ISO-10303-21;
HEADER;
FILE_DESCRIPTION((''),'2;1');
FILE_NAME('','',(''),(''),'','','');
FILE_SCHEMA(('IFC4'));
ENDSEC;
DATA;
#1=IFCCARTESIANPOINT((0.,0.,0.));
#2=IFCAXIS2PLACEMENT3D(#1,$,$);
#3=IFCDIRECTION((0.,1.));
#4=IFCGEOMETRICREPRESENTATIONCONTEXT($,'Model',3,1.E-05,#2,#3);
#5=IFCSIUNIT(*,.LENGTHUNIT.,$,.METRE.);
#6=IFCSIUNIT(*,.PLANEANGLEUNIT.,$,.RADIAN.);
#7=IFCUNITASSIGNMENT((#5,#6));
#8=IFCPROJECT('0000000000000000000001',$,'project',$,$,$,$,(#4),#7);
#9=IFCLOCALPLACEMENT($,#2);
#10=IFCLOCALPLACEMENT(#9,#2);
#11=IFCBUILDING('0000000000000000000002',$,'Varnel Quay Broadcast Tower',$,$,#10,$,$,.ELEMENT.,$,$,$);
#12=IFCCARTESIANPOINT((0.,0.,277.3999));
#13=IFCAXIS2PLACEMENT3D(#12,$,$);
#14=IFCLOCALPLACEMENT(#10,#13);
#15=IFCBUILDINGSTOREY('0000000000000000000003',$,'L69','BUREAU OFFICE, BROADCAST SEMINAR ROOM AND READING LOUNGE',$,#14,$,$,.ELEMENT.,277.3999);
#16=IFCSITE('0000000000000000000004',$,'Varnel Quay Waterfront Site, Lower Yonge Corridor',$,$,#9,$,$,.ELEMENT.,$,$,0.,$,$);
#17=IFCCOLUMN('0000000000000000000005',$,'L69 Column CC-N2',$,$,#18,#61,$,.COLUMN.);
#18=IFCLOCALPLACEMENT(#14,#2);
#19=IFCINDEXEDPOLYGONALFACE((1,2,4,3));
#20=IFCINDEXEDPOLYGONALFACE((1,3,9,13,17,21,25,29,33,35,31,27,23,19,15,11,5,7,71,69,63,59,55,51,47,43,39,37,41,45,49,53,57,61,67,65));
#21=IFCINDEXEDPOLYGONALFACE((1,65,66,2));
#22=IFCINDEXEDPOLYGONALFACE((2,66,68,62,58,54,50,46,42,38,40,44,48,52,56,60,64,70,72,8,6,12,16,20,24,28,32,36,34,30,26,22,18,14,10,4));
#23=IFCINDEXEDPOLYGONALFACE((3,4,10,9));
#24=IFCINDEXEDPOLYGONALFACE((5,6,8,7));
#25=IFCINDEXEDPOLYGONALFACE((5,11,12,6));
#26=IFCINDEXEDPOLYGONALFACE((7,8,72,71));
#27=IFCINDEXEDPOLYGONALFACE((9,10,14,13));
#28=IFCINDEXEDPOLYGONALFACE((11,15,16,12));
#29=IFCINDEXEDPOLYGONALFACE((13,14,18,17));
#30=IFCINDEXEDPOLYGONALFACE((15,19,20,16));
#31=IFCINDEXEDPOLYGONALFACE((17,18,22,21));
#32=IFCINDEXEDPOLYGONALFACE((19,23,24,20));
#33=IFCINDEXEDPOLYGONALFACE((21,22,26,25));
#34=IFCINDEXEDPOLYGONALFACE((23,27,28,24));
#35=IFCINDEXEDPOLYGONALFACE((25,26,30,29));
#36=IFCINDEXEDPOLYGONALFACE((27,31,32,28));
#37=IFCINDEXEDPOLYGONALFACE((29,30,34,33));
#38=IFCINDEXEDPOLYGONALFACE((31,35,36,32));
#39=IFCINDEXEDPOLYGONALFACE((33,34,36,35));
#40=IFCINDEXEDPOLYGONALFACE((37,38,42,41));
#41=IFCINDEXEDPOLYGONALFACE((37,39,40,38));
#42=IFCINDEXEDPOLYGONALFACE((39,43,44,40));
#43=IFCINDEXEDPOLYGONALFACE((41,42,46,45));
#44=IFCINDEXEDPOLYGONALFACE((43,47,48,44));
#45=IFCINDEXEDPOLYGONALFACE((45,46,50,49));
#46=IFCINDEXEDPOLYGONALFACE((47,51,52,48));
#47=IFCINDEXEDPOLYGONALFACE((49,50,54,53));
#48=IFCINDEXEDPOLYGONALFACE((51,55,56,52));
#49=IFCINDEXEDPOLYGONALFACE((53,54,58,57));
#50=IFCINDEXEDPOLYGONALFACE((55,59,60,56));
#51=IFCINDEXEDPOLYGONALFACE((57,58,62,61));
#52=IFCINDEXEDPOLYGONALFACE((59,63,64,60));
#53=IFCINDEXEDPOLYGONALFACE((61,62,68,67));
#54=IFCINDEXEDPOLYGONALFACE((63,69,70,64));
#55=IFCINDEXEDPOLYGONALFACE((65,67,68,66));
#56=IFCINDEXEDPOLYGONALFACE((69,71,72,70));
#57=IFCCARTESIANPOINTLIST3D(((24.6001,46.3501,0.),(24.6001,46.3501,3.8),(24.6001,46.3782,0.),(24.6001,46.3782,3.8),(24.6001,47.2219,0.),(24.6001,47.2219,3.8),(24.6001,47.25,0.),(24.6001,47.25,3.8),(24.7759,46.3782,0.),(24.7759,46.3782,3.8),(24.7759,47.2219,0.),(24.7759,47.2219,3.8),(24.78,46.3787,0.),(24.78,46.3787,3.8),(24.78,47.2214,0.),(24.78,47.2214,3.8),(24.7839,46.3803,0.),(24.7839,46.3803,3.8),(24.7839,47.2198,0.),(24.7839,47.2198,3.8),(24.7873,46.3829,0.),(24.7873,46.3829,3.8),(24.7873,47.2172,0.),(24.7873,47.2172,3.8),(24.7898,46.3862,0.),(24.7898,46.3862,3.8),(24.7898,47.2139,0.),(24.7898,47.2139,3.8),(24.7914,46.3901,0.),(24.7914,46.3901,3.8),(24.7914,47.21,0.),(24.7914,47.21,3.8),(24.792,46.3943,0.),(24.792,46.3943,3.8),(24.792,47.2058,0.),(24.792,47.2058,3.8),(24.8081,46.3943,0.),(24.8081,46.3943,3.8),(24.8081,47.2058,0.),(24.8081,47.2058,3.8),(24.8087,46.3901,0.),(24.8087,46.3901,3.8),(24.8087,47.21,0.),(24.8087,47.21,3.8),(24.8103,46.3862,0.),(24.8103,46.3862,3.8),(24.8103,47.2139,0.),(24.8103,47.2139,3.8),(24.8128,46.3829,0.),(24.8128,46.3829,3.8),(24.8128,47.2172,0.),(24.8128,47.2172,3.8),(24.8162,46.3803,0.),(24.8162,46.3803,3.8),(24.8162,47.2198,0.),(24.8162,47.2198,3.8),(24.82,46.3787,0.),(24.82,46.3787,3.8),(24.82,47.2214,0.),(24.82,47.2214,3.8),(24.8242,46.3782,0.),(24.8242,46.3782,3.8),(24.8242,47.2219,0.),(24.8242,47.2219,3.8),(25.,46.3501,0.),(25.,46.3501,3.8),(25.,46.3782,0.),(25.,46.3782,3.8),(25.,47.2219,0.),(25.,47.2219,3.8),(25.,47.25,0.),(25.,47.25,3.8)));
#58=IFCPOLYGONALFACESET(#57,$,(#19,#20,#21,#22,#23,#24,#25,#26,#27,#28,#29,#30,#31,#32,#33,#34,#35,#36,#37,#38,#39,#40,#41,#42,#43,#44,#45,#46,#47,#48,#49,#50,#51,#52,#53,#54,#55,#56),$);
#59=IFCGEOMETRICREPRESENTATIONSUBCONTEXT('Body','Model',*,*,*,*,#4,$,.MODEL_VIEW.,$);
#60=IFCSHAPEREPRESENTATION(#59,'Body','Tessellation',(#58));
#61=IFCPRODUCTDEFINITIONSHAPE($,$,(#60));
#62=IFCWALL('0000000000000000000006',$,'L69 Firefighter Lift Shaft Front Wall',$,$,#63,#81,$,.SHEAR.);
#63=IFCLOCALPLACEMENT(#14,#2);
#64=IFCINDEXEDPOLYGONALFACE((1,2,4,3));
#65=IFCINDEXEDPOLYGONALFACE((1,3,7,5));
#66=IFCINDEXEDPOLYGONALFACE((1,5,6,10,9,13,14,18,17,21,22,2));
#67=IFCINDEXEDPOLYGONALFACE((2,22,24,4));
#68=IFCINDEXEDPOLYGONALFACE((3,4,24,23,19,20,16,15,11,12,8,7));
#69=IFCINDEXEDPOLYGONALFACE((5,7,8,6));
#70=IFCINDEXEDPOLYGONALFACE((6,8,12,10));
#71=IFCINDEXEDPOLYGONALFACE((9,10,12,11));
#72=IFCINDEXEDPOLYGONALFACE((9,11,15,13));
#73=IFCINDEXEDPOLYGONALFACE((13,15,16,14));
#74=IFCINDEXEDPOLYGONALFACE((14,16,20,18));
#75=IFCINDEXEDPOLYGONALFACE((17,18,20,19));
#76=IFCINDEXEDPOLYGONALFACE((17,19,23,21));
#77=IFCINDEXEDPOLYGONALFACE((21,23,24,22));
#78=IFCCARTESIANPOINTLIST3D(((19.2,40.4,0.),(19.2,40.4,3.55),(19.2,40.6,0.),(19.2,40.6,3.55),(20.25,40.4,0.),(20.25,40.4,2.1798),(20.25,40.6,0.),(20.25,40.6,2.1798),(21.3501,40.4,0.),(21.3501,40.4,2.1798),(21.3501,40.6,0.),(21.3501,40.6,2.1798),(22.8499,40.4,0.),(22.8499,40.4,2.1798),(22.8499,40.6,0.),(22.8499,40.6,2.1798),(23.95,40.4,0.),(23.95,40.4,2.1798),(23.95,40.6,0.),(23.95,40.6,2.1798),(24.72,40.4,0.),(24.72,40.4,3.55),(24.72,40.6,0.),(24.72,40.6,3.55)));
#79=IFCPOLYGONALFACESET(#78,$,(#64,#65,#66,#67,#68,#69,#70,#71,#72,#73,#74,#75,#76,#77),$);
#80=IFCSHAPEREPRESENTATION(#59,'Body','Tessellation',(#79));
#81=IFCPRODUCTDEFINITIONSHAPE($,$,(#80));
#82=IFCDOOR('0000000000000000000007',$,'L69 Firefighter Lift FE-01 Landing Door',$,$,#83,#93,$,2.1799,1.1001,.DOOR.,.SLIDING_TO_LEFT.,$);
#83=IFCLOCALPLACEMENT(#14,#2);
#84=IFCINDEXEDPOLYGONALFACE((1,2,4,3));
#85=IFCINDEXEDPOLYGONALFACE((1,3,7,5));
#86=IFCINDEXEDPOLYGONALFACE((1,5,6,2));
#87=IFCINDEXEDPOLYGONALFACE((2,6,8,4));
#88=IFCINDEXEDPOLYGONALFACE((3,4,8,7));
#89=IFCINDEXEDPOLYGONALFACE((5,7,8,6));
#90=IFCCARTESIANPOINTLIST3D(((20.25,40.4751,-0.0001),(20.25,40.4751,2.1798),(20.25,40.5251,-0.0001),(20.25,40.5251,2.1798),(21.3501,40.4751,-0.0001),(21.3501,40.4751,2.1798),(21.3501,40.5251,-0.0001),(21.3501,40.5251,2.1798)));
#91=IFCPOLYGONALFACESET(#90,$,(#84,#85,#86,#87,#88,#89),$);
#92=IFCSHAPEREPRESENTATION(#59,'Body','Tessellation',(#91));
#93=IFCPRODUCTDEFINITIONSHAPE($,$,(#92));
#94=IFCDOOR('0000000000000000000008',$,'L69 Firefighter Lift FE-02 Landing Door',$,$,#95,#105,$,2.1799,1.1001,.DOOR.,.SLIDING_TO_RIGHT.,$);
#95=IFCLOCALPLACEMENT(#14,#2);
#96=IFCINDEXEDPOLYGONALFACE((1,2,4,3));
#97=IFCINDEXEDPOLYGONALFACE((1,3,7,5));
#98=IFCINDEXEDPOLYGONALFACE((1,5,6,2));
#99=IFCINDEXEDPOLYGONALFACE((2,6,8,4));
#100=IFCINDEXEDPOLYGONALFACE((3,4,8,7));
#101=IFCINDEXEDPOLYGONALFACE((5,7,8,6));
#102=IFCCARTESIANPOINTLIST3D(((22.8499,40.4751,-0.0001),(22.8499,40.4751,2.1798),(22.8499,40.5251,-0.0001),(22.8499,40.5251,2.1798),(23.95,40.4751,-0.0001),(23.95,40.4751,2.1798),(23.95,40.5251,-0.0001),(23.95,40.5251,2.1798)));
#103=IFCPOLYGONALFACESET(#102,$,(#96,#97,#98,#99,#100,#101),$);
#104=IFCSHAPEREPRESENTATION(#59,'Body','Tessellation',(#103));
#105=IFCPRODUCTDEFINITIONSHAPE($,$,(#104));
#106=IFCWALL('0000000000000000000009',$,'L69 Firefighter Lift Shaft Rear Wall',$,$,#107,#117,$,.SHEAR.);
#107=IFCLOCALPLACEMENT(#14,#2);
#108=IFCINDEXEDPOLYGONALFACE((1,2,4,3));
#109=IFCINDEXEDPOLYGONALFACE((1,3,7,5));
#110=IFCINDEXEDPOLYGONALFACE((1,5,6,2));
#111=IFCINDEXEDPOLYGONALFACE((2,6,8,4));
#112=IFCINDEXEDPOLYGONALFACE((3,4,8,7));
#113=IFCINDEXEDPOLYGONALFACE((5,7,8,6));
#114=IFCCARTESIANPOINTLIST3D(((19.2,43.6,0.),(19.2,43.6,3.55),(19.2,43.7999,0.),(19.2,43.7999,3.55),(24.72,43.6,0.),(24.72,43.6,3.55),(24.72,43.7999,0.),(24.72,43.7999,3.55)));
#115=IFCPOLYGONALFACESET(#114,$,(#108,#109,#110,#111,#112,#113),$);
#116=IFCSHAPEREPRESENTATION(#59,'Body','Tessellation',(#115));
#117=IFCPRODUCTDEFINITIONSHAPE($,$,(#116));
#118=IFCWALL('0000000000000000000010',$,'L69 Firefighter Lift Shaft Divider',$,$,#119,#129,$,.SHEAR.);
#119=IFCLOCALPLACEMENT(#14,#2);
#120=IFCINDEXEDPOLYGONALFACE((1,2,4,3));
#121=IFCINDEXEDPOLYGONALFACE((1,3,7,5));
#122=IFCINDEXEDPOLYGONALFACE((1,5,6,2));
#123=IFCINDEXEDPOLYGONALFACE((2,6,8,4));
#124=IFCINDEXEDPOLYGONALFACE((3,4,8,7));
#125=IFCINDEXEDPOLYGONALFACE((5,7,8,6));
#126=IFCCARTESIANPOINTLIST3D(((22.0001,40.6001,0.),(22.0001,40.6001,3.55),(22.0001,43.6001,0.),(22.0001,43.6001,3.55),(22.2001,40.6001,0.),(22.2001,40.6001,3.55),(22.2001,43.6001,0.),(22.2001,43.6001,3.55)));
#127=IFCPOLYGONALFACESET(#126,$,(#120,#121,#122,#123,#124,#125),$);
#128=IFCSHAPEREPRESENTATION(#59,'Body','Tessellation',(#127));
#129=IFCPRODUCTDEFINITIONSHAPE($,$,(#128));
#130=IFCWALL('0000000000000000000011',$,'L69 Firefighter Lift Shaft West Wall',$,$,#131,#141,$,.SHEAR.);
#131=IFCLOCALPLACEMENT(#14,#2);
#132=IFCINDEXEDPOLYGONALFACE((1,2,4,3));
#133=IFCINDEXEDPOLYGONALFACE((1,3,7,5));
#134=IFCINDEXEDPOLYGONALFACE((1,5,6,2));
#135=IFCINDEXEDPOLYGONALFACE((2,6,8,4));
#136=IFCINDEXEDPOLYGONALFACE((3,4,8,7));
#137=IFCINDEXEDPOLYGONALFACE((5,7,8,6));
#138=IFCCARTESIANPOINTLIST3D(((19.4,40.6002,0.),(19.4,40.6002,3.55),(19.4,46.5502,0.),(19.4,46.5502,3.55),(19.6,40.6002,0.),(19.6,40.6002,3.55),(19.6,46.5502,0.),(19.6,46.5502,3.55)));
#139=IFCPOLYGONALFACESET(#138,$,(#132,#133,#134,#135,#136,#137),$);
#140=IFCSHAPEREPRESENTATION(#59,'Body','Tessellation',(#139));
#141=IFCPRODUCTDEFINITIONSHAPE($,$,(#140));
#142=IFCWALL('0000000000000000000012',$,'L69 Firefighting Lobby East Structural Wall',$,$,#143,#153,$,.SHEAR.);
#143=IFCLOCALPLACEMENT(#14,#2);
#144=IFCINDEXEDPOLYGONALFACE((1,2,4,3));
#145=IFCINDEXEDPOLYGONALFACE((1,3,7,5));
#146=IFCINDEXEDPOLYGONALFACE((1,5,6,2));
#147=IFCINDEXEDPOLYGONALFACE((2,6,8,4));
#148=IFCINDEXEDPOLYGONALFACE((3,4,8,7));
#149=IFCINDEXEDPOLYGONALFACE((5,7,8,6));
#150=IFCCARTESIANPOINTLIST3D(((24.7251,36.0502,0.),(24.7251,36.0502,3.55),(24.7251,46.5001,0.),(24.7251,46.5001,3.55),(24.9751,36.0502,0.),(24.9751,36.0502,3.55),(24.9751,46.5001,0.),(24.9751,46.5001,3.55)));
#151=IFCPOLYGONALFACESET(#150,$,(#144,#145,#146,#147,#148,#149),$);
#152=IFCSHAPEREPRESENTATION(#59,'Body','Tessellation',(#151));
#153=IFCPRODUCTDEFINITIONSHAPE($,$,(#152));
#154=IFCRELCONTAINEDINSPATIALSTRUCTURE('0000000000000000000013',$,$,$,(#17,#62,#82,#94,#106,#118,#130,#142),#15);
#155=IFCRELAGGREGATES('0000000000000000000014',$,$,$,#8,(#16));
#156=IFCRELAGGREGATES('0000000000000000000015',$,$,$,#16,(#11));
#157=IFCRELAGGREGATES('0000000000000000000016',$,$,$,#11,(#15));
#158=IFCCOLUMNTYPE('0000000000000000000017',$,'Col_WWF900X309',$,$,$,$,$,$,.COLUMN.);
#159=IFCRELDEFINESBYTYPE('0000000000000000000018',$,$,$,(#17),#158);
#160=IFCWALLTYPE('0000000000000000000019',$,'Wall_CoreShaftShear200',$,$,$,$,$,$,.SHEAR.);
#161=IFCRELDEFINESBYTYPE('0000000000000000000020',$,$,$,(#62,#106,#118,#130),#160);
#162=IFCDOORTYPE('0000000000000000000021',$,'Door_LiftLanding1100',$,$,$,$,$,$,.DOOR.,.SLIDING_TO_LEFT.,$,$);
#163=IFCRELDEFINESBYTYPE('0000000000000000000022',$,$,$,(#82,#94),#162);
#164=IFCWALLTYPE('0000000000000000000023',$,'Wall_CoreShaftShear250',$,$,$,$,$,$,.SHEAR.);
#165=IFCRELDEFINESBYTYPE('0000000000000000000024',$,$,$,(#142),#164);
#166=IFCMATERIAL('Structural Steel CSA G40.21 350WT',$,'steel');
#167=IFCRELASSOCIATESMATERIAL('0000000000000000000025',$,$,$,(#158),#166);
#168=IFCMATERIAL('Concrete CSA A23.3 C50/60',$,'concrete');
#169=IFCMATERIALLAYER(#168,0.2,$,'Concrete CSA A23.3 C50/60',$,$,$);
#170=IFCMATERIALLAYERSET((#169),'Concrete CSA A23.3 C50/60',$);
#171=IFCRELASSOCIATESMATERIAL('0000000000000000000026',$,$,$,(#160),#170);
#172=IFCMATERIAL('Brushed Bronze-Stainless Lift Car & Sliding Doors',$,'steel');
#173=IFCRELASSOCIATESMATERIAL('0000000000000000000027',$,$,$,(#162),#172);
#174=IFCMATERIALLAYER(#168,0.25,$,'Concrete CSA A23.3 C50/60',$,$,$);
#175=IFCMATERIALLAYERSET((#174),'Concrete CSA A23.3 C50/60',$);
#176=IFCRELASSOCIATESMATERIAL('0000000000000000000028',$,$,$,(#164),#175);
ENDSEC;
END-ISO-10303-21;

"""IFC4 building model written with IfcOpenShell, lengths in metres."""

from ifc_helpers import new_model, si_unit, direction, frame, frame_2d, origin, origin_2d, place, context, subcontext, project, spatial, rectangle, i_section, extrude, source, transform, mapped, material, layer, layer_set, material_profile, profile_set, type_object, type_shapes, element, fill, save


model = new_model("IFC4")

# Units and contexts
model_context = context("Model", 3, precision=1e-05, world=origin(), true_north=direction((0.0, 1.0)))
body_context = subcontext(model_context, "Body", "Model", "MODEL_VIEW")
ifc_project = project(units=[si_unit("LENGTHUNIT", "METRE"), si_unit("PLANEANGLEUNIT", "RADIAN")], contexts=[model_context])

# Site, building, storey
site_placement = place(None, origin())
site = spatial("IfcSite", under=ifc_project, at=site_placement, Name="Varnel Quay Waterfront Site, Lower Yonge Corridor", CompositionType="ELEMENT", RefElevation=0.0)
building_placement = place(site_placement, origin())
building = spatial("IfcBuilding", under=site, at=building_placement, Name="Varnel Quay Broadcast Tower", CompositionType="ELEMENT")
storey_placement = place(building_placement, frame((0.0, 0.0, 277.3999)))
storey = spatial("IfcBuildingStorey", under=building, at=storey_placement, Name="L69", Description="BUREAU OFFICE, BROADCAST SEMINAR ROOM AND READING LOUNGE", CompositionType="ELEMENT", Elevation=277.3999)

# Column
ifc_material_1 = material(Name="Structural Steel CSA G40.21 350WT", Category="steel")
ifc_material_profile = material_profile(ifc_material_1, i_section(OverallWidth=0.3999, OverallDepth=0.8999, WebThickness=0.0161, FlangeThickness=0.0281, FilletRadius=0.0161, at=origin_2d()), Name="WWF900X309")
ifc_profile_set = profile_set([ifc_material_profile], Name="Structural Steel CSA G40.21 350WT")
column_type = type_object("IfcColumnType", Name="Col_WWF900X309", PredefinedType="COLUMN", material=ifc_profile_set)
shared_shape_1 = source(origin(), body_context, "Body", "SweptSolid", [
    extrude(i_section(OverallWidth=0.3999, OverallDepth=0.8999, WebThickness=0.0161, FlangeThickness=0.0281, FilletRadius=0.0161, at=origin_2d()), origin(), (0.0, 0.0, 1.0), 3.8),
])
type_shapes(column_type, [shared_shape_1])
column_placement = place(storey_placement, frame((24.8, 46.8, 0.0), z_axis=(0.0, 0.0, 1.0), x_axis=(1.0, 0.0, 0.0)))
element("IfcColumn", 1, at=column_placement, inside=storey, type_object=column_type, Name="L69 Column CC-N2", PredefinedType="COLUMN", context=body_context, shape_type="MappedRepresentation", body=[
    mapped(shared_shape_1, transform((0.0, 0.0, 0.0), x_axis=(1.0, 0.0, 0.0), y_axis=(0.0, 1.0, 0.0), z_axis=(0.0, 0.0, 1.0), scale=1.0)),
])

# Wall, openings, doors
ifc_material_2 = material(Name="Concrete CSA A23.3 C50/60", Category="concrete")
ifc_layer_1 = layer(ifc_material_2, 0.2, Name="Concrete CSA A23.3 C50/60")
ifc_layer_set_1 = layer_set([ifc_layer_1], Name="Concrete CSA A23.3 C50/60")
wall_type_1 = type_object("IfcWallType", Name="Wall_CoreShaftShear200", PredefinedType="SHEAR", material=ifc_layer_set_1)
wall_1_placement = place(storey_placement, frame((19.2, 40.5, 0.0), z_axis=(0.0, 0.0, 1.0), x_axis=(1.0, 0.0, 0.0)))
wall_1 = element("IfcWall", 2, at=wall_1_placement, inside=storey, type_object=wall_type_1, Name="L69 Firefighter Lift Shaft Front Wall", PredefinedType="SHEAR", context=body_context, shape_type="SweptSolid", body=[
    extrude(rectangle(XDim=5.52, YDim=0.2, at=frame_2d((2.76, 0.0))), origin(), (0.0, 0.0, 1.0), 3.55),
])
opening_1_placement = place(wall_1_placement, frame((1.05, 0.0, 0.0)))
opening_1 = element("IfcOpeningElement", 3, at=opening_1_placement, cuts=wall_1, PredefinedType="OPENING", context=body_context, shape_type="SweptSolid", body=[
    extrude(rectangle(XDim=1.1001, YDim=2.1799, at=frame_2d((0.55, 1.0898))), frame((0.0, 0.1099, 0.0), z_axis=(0.0, -1.0, 0.0), x_axis=(1.0, 0.0, 0.0)), (0.0, 0.0, 1.0), 0.22),
])
opening_2_placement = place(wall_1_placement, frame((3.6499, 0.0, 0.0)))
opening_2 = element("IfcOpeningElement", 4, at=opening_2_placement, cuts=wall_1, PredefinedType="OPENING", context=body_context, shape_type="SweptSolid", body=[
    extrude(rectangle(XDim=1.1001, YDim=2.1799, at=frame_2d((0.55, 1.0898))), frame((0.0, 0.1099, 0.0), z_axis=(0.0, -1.0, 0.0), x_axis=(1.0, 0.0, 0.0)), (0.0, 0.0, 1.0), 0.22),
])
ifc_material_3 = material(Name="Brushed Bronze-Stainless Lift Car & Sliding Doors", Category="steel")
door_type_1 = type_object("IfcDoorType", Name="Door_LiftLanding1100", OperationType="SLIDING_TO_LEFT", PredefinedType="DOOR", material=ifc_material_3)
shared_shape_2 = source(origin(), body_context, "Body", "SweptSolid", [
    extrude(rectangle(XDim=1.1001, YDim=2.1799, at=frame_2d((0.55, 1.0898))), frame((0.0, 0.0249, 0.0), z_axis=(0.0, -1.0, 0.0), x_axis=(1.0, 0.0, 0.0)), (0.0, 0.0, 1.0), 0.05),
])
type_shapes(door_type_1, [shared_shape_2])
door_1_placement = place(opening_1_placement, frame((1.1001, 0.0, 0.0), z_axis=(0.0, 0.0, 1.0), x_axis=(-1.0, 0.0, 0.0)))
door_1 = element("IfcDoor", 5, at=door_1_placement, inside=storey, type_object=door_type_1, Name="L69 Firefighter Lift FE-01 Landing Door", OperationType="SLIDING_TO_LEFT", OverallHeight=2.1799, OverallWidth=1.1001, PredefinedType="DOOR", context=body_context, shape_type="MappedRepresentation", body=[
    mapped(shared_shape_2, transform((0.0, 0.0, 0.0), x_axis=(1.0, 0.0, 0.0), y_axis=(0.0, 1.0, 0.0), z_axis=(0.0, 0.0, 1.0), scale=1.0)),
])
fill(opening_1, door_1)
door_2_placement = place(opening_2_placement, frame((1.1001, 0.0, 0.0), z_axis=(0.0, 0.0, 1.0), x_axis=(-1.0, 0.0, 0.0)))
door_2 = element("IfcDoor", 6, at=door_2_placement, inside=storey, type_object=door_type_1, Name="L69 Firefighter Lift FE-02 Landing Door", OperationType="SLIDING_TO_RIGHT", OverallHeight=2.1799, OverallWidth=1.1001, PredefinedType="DOOR", context=body_context, shape_type="MappedRepresentation", body=[
    mapped(shared_shape_2, transform((0.0, 0.0, 0.0), x_axis=(1.0, 0.0, 0.0), y_axis=(0.0, 1.0, 0.0), z_axis=(0.0, 0.0, 1.0), scale=1.0)),
])
fill(opening_2, door_2)

# Walls
wall_2_placement = place(storey_placement, frame((19.2, 43.7, 0.0), z_axis=(0.0, 0.0, 1.0), x_axis=(1.0, 0.0, 0.0)))
element("IfcWall", 7, at=wall_2_placement, inside=storey, type_object=wall_type_1, Name="L69 Firefighter Lift Shaft Rear Wall", PredefinedType="SHEAR", context=body_context, shape_type="SweptSolid", body=[
    extrude(rectangle(XDim=5.52, YDim=0.2, at=frame_2d((2.76, 0.0))), origin(), (0.0, 0.0, 1.0), 3.55),
])
wall_3_placement = place(storey_placement, frame((22.1001, 40.6001, 0.0), z_axis=(0.0, 0.0, 1.0), x_axis=(0.0, 1.0, 0.0)))
element("IfcWall", 8, at=wall_3_placement, inside=storey, type_object=wall_type_1, Name="L69 Firefighter Lift Shaft Divider", PredefinedType="SHEAR", context=body_context, shape_type="SweptSolid", body=[
    extrude(rectangle(XDim=3.0, YDim=0.2, at=frame_2d((1.5, 0.0))), origin(), (0.0, 0.0, 1.0), 3.55),
])
wall_4_placement = place(storey_placement, frame((19.5, 40.6001, 0.0), z_axis=(0.0, 0.0, 1.0), x_axis=(0.0, 1.0, 0.0)))
element("IfcWall", 9, at=wall_4_placement, inside=storey, type_object=wall_type_1, Name="L69 Firefighter Lift Shaft West Wall", PredefinedType="SHEAR", context=body_context, shape_type="SweptSolid", body=[
    extrude(rectangle(XDim=5.95, YDim=0.2, at=frame_2d((2.9751, 0.0))), origin(), (0.0, 0.0, 1.0), 3.55),
])
ifc_layer_2 = layer(ifc_material_2, 0.25, Name="Concrete CSA A23.3 C50/60")
ifc_layer_set_2 = layer_set([ifc_layer_2], Name="Concrete CSA A23.3 C50/60")
wall_type_2 = type_object("IfcWallType", Name="Wall_CoreShaftShear250", PredefinedType="SHEAR", material=ifc_layer_set_2)
wall_5_placement = place(storey_placement, frame((24.8501, 36.05, 0.0), z_axis=(0.0, 0.0, 1.0), x_axis=(0.0, 1.0, 0.0)))
element("IfcWall", 10, at=wall_5_placement, inside=storey, type_object=wall_type_2, Name="L69 Firefighting Lobby East Structural Wall", PredefinedType="SHEAR", context=body_context, shape_type="SweptSolid", body=[
    extrude(rectangle(XDim=10.45, YDim=0.25, at=frame_2d((5.2251, 0.0))), origin(), (0.0, 0.0, 1.0), 3.55),
])

save(model, "model.ifc")
